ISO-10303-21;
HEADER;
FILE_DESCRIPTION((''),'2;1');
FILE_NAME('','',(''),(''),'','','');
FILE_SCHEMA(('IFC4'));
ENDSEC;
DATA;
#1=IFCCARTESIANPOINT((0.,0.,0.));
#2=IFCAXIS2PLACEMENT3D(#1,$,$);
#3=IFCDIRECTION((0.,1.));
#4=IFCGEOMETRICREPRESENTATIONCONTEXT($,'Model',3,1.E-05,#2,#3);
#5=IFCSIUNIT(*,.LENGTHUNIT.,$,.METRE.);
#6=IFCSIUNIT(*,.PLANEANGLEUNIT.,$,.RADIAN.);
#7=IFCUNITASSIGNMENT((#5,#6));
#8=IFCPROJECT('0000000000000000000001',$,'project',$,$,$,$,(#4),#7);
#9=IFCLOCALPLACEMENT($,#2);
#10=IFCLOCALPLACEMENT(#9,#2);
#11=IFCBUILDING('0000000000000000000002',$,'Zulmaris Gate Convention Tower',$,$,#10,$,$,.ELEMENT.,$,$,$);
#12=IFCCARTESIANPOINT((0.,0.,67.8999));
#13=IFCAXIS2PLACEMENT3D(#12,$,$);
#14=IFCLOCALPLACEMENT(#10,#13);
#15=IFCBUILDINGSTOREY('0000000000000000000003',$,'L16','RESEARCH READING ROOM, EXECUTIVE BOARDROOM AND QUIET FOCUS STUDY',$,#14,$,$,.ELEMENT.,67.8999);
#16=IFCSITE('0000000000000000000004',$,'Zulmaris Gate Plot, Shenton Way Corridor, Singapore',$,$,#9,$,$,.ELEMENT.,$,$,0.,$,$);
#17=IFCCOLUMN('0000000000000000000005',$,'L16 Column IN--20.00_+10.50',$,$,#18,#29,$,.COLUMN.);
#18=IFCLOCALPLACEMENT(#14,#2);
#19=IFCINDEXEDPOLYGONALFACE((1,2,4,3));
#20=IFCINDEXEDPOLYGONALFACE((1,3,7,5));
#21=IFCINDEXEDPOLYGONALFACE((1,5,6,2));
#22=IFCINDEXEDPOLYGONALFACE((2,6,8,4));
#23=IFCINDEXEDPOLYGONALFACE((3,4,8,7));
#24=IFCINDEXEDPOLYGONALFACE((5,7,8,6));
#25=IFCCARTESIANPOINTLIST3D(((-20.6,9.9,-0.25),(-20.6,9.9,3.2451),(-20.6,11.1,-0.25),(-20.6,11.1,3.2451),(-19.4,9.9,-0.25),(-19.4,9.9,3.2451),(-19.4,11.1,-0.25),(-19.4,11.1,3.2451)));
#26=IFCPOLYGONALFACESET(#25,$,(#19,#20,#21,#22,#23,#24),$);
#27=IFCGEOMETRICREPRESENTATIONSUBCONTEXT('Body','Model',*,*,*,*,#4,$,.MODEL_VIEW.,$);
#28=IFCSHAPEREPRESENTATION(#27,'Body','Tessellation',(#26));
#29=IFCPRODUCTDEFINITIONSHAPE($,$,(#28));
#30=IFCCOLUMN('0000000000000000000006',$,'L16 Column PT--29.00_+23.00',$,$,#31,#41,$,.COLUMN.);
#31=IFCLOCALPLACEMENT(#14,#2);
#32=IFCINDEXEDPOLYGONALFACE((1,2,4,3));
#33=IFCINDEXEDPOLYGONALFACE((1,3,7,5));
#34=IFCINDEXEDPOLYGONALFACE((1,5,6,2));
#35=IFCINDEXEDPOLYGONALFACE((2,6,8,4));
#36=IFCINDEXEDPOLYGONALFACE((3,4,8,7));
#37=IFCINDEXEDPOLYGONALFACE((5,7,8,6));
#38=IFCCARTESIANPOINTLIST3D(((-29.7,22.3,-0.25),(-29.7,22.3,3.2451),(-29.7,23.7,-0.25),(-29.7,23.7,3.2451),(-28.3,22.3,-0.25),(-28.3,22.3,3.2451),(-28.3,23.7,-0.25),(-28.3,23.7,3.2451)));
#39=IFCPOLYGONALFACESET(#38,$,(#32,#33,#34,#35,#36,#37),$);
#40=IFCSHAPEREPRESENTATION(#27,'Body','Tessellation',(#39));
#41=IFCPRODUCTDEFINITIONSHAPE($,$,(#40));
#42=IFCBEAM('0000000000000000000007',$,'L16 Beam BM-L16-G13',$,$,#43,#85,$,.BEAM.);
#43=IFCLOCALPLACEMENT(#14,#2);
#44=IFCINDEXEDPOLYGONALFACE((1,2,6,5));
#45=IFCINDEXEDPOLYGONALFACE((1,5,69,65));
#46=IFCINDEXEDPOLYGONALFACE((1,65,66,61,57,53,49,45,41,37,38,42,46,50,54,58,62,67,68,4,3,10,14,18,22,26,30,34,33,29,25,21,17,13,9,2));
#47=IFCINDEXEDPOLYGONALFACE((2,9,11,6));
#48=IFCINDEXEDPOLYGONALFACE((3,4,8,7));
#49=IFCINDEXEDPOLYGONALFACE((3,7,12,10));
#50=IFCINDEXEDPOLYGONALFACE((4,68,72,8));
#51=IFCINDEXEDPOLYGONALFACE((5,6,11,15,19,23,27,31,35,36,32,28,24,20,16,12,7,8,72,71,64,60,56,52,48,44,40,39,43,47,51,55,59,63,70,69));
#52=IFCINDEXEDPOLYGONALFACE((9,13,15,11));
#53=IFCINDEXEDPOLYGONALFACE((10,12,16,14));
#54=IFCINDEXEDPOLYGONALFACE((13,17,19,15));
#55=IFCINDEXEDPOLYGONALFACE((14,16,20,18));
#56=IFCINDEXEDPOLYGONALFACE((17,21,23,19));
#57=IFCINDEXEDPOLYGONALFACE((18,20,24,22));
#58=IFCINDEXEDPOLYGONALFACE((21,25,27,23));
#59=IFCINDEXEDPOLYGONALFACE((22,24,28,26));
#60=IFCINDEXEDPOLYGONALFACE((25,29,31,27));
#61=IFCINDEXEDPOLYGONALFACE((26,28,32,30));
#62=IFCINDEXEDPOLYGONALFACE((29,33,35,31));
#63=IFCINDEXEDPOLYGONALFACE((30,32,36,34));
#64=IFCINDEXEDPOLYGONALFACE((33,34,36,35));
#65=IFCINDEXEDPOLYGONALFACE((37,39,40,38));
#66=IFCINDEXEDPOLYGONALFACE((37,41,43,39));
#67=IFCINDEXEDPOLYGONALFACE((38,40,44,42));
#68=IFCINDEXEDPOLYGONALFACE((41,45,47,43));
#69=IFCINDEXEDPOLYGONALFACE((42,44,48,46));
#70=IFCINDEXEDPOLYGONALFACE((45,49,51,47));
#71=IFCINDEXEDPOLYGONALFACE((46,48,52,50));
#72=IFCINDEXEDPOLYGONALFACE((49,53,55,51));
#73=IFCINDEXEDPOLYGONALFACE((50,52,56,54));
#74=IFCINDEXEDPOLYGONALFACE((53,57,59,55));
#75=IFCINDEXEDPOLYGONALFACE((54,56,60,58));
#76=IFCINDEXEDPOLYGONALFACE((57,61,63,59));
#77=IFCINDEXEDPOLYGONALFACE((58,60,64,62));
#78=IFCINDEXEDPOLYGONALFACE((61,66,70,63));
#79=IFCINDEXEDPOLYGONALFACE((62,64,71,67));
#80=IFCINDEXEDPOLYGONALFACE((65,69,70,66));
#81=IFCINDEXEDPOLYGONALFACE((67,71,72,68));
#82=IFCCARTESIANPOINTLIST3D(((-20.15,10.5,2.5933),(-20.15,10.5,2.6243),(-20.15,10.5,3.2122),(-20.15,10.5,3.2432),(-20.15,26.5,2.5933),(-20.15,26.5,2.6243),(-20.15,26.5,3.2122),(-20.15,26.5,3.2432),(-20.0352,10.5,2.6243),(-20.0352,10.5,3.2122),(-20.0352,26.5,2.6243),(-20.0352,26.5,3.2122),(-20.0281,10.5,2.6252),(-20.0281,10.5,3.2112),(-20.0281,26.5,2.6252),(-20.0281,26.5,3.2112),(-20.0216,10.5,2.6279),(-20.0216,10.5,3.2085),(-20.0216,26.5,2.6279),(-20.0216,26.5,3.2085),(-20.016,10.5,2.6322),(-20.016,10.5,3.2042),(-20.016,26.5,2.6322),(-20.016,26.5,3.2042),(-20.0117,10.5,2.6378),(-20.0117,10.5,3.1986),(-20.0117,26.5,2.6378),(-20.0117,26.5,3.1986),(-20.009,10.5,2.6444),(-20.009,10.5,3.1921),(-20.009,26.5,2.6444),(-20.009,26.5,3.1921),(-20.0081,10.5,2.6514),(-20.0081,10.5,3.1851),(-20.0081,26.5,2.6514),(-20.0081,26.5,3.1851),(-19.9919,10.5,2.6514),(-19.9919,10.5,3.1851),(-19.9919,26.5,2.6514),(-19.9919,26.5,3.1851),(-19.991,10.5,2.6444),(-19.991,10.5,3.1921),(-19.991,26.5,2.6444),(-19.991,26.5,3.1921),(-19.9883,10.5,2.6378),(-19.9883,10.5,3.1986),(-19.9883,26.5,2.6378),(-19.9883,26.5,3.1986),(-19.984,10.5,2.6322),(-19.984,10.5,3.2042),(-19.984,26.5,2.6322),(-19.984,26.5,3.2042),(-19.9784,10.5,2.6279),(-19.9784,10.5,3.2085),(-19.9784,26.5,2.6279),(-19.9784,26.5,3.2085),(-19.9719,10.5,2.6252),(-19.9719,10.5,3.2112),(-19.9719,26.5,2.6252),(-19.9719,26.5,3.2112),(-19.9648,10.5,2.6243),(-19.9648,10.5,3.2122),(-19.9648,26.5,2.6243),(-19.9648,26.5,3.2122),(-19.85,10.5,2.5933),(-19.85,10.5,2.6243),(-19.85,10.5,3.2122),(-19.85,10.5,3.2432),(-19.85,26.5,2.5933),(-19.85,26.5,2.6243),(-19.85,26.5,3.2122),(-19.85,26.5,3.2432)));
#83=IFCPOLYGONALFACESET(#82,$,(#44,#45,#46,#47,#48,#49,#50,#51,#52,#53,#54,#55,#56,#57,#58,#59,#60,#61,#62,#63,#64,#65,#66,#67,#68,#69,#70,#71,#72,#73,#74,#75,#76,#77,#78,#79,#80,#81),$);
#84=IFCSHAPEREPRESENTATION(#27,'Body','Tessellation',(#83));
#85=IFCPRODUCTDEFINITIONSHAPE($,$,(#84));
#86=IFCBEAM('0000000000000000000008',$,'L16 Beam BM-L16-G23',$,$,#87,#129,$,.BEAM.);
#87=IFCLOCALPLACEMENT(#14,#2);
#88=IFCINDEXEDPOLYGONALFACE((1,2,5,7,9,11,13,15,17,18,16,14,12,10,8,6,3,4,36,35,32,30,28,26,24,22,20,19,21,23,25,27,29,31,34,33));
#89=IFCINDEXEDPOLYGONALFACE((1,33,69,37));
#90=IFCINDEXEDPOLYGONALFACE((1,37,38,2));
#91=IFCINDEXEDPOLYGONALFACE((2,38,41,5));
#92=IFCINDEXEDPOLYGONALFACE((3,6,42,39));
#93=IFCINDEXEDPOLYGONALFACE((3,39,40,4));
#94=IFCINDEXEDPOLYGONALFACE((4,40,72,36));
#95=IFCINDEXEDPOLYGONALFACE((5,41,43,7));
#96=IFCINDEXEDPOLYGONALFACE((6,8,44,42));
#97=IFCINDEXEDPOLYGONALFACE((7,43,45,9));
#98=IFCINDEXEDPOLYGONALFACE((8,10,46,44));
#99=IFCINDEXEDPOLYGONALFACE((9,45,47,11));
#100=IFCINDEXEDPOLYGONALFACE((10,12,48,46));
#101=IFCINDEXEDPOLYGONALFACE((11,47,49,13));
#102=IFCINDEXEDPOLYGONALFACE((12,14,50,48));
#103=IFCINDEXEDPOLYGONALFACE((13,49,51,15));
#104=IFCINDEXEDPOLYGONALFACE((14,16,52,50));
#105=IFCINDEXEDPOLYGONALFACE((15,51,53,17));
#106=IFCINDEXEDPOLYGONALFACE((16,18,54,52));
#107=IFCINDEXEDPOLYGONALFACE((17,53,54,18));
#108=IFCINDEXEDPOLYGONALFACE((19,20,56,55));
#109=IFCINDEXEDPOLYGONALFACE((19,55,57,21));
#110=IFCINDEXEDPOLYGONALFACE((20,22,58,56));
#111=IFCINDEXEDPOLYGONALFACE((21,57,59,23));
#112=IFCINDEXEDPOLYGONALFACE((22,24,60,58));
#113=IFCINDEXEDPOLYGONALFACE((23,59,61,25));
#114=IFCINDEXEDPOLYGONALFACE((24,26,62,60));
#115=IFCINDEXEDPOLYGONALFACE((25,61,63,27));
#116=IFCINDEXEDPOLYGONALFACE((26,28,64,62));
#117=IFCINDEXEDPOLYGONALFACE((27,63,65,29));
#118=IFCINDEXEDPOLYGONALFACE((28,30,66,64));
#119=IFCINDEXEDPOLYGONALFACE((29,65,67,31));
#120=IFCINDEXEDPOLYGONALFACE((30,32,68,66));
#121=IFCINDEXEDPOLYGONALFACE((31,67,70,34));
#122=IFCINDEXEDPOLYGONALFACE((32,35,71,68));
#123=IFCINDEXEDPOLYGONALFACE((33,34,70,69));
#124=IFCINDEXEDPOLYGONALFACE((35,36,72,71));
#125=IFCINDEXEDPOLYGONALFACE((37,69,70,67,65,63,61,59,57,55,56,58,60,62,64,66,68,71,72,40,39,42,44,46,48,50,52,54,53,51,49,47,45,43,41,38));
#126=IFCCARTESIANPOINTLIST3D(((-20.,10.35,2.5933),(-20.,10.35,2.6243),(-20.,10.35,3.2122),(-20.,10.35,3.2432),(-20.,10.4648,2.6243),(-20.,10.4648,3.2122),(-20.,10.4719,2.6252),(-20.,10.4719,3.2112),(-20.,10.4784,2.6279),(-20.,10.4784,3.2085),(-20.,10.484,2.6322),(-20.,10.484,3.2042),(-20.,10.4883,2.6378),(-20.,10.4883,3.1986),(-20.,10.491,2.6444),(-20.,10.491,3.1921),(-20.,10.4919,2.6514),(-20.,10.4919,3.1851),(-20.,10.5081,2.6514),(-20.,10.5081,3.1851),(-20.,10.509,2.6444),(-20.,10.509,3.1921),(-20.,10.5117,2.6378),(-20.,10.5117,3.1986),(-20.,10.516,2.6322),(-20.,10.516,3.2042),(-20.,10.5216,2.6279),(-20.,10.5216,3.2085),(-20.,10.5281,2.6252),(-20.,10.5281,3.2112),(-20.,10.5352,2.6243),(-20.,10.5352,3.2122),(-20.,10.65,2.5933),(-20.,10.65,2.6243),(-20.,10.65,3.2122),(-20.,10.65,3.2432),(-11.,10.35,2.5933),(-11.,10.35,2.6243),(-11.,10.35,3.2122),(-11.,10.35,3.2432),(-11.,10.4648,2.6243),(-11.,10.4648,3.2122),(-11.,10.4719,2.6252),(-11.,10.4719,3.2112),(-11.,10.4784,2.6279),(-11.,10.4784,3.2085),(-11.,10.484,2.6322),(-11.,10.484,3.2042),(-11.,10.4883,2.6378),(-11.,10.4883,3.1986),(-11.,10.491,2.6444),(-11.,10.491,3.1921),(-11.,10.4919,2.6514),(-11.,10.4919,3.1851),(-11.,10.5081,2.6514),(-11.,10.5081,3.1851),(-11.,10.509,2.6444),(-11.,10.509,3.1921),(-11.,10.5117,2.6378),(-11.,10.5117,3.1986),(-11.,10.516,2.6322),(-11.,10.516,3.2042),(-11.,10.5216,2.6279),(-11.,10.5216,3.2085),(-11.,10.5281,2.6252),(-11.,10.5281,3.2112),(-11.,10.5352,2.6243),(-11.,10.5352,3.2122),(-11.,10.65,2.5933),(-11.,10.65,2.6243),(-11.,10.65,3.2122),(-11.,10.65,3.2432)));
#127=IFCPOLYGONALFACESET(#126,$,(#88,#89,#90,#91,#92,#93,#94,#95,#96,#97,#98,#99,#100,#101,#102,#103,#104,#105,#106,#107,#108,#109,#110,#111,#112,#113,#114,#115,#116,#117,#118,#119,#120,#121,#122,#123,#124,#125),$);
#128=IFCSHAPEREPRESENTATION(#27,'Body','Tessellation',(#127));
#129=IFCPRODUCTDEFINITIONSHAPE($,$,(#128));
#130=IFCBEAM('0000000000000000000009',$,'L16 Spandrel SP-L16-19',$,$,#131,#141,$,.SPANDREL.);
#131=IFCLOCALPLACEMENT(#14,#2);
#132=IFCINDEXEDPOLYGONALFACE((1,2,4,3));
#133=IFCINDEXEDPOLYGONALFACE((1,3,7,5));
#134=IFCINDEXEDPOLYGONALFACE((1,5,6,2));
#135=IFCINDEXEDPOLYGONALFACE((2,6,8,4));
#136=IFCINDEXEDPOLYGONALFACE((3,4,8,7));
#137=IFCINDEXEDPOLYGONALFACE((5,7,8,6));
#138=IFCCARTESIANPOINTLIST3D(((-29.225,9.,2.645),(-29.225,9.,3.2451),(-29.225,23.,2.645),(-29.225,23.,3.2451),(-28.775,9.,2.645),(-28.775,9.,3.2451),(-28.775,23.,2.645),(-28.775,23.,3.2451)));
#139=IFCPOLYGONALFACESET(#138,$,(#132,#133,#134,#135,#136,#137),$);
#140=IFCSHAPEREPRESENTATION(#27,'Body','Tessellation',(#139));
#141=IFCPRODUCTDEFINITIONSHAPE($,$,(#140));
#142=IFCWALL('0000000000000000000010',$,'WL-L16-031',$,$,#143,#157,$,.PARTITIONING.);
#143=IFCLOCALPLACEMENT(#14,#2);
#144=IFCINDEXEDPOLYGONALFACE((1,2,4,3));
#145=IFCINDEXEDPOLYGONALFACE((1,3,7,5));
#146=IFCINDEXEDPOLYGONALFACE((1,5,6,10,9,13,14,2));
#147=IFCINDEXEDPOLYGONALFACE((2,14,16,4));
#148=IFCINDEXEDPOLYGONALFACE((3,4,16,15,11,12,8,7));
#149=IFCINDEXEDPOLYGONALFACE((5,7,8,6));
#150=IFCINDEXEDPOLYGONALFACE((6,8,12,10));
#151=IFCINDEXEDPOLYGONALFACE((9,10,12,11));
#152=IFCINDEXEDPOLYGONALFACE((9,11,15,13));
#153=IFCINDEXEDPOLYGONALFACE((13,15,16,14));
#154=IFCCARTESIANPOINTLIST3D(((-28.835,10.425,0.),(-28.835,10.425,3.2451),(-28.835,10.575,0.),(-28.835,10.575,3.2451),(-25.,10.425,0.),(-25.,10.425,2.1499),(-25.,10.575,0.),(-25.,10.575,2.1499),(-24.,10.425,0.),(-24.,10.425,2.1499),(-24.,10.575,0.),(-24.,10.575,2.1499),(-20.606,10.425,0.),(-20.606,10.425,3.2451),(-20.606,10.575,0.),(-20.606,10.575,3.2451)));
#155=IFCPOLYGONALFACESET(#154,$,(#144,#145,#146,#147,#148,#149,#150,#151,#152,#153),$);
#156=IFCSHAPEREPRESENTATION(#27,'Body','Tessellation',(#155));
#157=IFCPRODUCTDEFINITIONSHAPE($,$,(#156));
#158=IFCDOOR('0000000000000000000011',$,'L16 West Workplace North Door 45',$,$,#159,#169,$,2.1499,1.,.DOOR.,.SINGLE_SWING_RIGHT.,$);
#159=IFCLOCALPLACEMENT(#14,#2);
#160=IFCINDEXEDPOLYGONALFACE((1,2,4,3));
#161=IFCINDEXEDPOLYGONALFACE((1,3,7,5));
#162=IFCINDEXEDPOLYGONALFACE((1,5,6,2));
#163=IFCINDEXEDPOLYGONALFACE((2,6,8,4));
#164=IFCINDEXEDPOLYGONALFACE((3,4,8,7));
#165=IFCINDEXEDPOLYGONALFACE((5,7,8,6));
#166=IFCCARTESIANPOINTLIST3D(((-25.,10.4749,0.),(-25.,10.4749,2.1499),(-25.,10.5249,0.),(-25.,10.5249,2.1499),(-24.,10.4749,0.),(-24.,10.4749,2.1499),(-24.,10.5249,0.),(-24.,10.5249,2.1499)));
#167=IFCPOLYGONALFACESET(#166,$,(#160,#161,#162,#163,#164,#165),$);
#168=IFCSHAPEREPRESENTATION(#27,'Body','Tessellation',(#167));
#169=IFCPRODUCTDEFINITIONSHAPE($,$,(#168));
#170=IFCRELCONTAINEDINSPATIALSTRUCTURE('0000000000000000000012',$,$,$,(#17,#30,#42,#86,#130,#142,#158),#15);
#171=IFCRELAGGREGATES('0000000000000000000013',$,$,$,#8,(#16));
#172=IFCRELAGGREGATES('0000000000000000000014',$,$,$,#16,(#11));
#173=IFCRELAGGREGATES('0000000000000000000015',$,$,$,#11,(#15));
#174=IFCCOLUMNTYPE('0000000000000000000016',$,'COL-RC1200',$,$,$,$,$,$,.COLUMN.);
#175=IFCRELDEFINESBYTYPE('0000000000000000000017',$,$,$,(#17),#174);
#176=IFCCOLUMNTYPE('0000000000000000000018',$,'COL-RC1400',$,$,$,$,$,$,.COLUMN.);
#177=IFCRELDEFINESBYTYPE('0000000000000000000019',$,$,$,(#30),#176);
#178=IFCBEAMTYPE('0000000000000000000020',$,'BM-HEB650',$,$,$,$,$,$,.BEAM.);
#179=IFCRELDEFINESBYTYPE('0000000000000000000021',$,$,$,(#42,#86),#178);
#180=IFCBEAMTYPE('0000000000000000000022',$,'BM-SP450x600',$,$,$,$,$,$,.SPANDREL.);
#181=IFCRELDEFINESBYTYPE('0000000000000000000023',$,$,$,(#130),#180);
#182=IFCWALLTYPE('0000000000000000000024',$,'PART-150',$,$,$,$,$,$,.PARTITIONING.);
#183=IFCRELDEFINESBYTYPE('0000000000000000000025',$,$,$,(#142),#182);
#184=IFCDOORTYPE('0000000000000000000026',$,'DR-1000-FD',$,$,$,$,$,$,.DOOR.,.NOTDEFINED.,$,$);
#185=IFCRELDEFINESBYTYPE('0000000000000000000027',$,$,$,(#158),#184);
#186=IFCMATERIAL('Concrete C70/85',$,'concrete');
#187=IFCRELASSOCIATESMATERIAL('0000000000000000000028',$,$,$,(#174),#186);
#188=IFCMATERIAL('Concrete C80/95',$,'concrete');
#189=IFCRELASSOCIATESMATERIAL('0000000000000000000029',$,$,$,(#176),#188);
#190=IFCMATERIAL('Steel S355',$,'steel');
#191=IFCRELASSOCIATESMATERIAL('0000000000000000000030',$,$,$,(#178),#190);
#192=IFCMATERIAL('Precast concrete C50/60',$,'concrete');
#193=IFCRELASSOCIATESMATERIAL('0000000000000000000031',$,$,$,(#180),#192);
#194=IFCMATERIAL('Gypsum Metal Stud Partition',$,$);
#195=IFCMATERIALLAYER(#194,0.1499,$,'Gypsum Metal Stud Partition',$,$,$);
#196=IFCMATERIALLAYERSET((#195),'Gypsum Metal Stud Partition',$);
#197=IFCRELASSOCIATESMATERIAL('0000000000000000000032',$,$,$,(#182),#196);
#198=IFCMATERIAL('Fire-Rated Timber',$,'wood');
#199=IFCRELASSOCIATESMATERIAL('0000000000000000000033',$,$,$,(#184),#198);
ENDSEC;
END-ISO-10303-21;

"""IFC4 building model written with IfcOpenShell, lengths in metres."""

from ifc_helpers import new_model, si_unit, direction, frame, frame_2d, origin, origin_2d, place, context, subcontext, project, spatial, rectangle, i_section, extrude, material, layer, layer_set, material_profile, profile_set, type_object, element, fill, save


model = new_model("IFC4")

# Units and contexts
model_context = context("Model", 3, precision=1e-05, world=origin(), true_north=direction((0.0, 1.0)))
body_context = subcontext(model_context, "Body", "Model", "MODEL_VIEW")
ifc_project = project(units=[si_unit("LENGTHUNIT", "METRE"), si_unit("PLANEANGLEUNIT", "RADIAN")], contexts=[model_context])

# Site, building, storey
site_placement = place(None, origin())
site = spatial("IfcSite", under=ifc_project, at=site_placement, Name="Zulmaris Gate Plot, Shenton Way Corridor, Singapore", CompositionType="ELEMENT", RefElevation=0.0)
building_placement = place(site_placement, origin())
building = spatial("IfcBuilding", under=site, at=building_placement, Name="Zulmaris Gate Convention Tower", CompositionType="ELEMENT")
storey_placement = place(building_placement, frame((0.0, 0.0, 67.8999)))
storey = spatial("IfcBuildingStorey", under=building, at=storey_placement, Name="L16", Description="RESEARCH READING ROOM, EXECUTIVE BOARDROOM AND QUIET FOCUS STUDY", CompositionType="ELEMENT", Elevation=67.8999)

# Columns
ifc_material_1 = material(Name="Concrete C70/85", Category="concrete")
ifc_material_profile_1 = material_profile(ifc_material_1, rectangle(XDim=1.2, YDim=1.2, at=origin_2d()), Name="RC COL 1200x1200")
ifc_profile_set_1 = profile_set([ifc_material_profile_1], Name="Concrete C70/85")
column_type_1 = type_object("IfcColumnType", Name="COL-RC1200", PredefinedType="COLUMN", material=ifc_profile_set_1)
column_1_placement = place(storey_placement, frame((-20.0, 10.5, -0.25), z_axis=(0.0, 0.0, 1.0), x_axis=(1.0, 0.0, 0.0)))
element("IfcColumn", 1, at=column_1_placement, inside=storey, type_object=column_type_1, Name="L16 Column IN--20.00_+10.50", PredefinedType="COLUMN", context=body_context, shape_type="SweptSolid", body=[
    extrude(rectangle(XDim=1.2, YDim=1.2, at=origin_2d()), origin(), (0.0, 0.0, 1.0), 3.4951),
])
ifc_material_2 = material(Name="Concrete C80/95", Category="concrete")
ifc_material_profile_2 = material_profile(ifc_material_2, rectangle(XDim=1.3999, YDim=1.3999, at=origin_2d()), Name="RC COL 1400x1400")
ifc_profile_set_2 = profile_set([ifc_material_profile_2], Name="Concrete C80/95")
column_type_2 = type_object("IfcColumnType", Name="COL-RC1400", PredefinedType="COLUMN", material=ifc_profile_set_2)
column_2_placement = place(storey_placement, frame((-29.0, 23.0, -0.25), z_axis=(0.0, 0.0, 1.0), x_axis=(1.0, 0.0, 0.0)))
element("IfcColumn", 2, at=column_2_placement, inside=storey, type_object=column_type_2, Name="L16 Column PT--29.00_+23.00", PredefinedType="COLUMN", context=body_context, shape_type="SweptSolid", body=[
    extrude(rectangle(XDim=1.3999, YDim=1.3999, at=origin_2d()), origin(), (0.0, 0.0, 1.0), 3.4951),
])

# Beams
ifc_material_3 = material(Name="Steel S355", Category="steel")
ifc_material_profile_3 = material_profile(ifc_material_3, i_section(OverallWidth=0.3, OverallDepth=0.6499, WebThickness=0.0161, FlangeThickness=0.031, FilletRadius=0.0271, at=origin_2d()), Name="HEB 650")
ifc_profile_set_3 = profile_set([ifc_material_profile_3], Name="Steel S355")
beam_type_1 = type_object("IfcBeamType", Name="BM-HEB650", PredefinedType="BEAM", material=ifc_profile_set_3)
beam_1_placement = place(storey_placement, frame((-20.0, 10.5, 2.9182), z_axis=(0.0, 1.0, 0.0), x_axis=(-1.0, 0.0, 0.0)))
element("IfcBeam", 3, at=beam_1_placement, inside=storey, type_object=beam_type_1, Name="L16 Beam BM-L16-G13", PredefinedType="BEAM", context=body_context, shape_type="SweptSolid", body=[
    extrude(i_section(OverallWidth=0.3, OverallDepth=0.6499, WebThickness=0.0161, FlangeThickness=0.031, FilletRadius=0.0271, at=origin_2d()), origin(), (0.0, 0.0, 1.0), 16.0),
])
beam_2_placement = place(storey_placement, frame((-20.0, 10.5, 2.9182), z_axis=(1.0, 0.0, 0.0), x_axis=(0.0, 1.0, 0.0)))
element("IfcBeam", 4, at=beam_2_placement, inside=storey, type_object=beam_type_1, Name="L16 Beam BM-L16-G23", PredefinedType="BEAM", context=body_context, shape_type="SweptSolid", body=[
    extrude(i_section(OverallWidth=0.3, OverallDepth=0.6499, WebThickness=0.0161, FlangeThickness=0.031, FilletRadius=0.0271, at=origin_2d()), origin(), (0.0, 0.0, 1.0), 9.0),
])
ifc_material_4 = material(Name="Precast concrete C50/60", Category="concrete")
ifc_material_profile_4 = material_profile(ifc_material_4, rectangle(XDim=0.45, YDim=0.6001, at=origin_2d()), Name="RC SPANDREL 450x600")
ifc_profile_set_4 = profile_set([ifc_material_profile_4], Name="Precast concrete C50/60")
beam_type_2 = type_object("IfcBeamType", Name="BM-SP450x600", PredefinedType="SPANDREL", material=ifc_profile_set_4)
beam_3_placement = place(storey_placement, frame((-29.0, 23.0, 2.9451), z_axis=(0.0, -1.0, 0.0), x_axis=(1.0, 0.0, 0.0)))
element("IfcBeam", 5, at=beam_3_placement, inside=storey, type_object=beam_type_2, Name="L16 Spandrel SP-L16-19", PredefinedType="SPANDREL", context=body_context, shape_type="SweptSolid", body=[
    extrude(rectangle(XDim=0.45, YDim=0.6001, at=origin_2d()), origin(), (0.0, 0.0, 1.0), 14.0),
])

# Wall, opening, door
ifc_material_5 = material(Name="Gypsum Metal Stud Partition")
ifc_layer_1 = layer(ifc_material_5, 0.1499, Name="Gypsum Metal Stud Partition")
ifc_layer_set_1 = layer_set([ifc_layer_1], Name="Gypsum Metal Stud Partition")
wall_type_1 = type_object("IfcWallType", Name="PART-150", PredefinedType="PARTITIONING", material=ifc_layer_set_1)
wall_1_placement = place(storey_placement, frame((-28.835, 10.5, 0.0), z_axis=(0.0, 0.0, 1.0), x_axis=(1.0, 0.0, 0.0)))
wall_1 = element("IfcWall", 6, at=wall_1_placement, inside=storey, type_object=wall_type_1, Name="WL-L16-031", PredefinedType="PARTITIONING", context=body_context, shape_type="SweptSolid", body=[
    extrude(rectangle(XDim=8.229, YDim=0.1499, at=frame_2d((4.1145, 0.0))), origin(), (0.0, 0.0, 1.0), 3.2451),
])
opening_1_placement = place(wall_1_placement, frame((3.835, 0.0, 0.0)))
opening_1 = element("IfcOpeningElement", 7, at=opening_1_placement, cuts=wall_1, PredefinedType="OPENING", context=body_context, shape_type="SweptSolid", body=[
    extrude(rectangle(XDim=1.0, YDim=2.1499, at=frame_2d((0.5, 1.075))), frame((0.0, 0.085, 0.0), z_axis=(0.0, -1.0, 0.0), x_axis=(1.0, 0.0, 0.0)), (0.0, 0.0, 1.0), 0.1699),
])
ifc_material_6 = material(Name="Fire-Rated Timber", Category="wood")
door_type_1 = type_object("IfcDoorType", Name="DR-1000-FD", OperationType="NOTDEFINED", PredefinedType="DOOR", material=ifc_material_6)
door_1_placement = place(opening_1_placement, origin())
door_1 = element("IfcDoor", 8, at=door_1_placement, inside=storey, type_object=door_type_1, Name="L16 West Workplace North Door 45", OperationType="SINGLE_SWING_RIGHT", OverallHeight=2.1499, OverallWidth=1.0, PredefinedType="DOOR", context=body_context, shape_type="SweptSolid", body=[
    extrude(rectangle(XDim=1.0, YDim=2.1499, at=frame_2d((0.5, 1.075))), frame((0.0, 0.0249, 0.0), z_axis=(0.0, -1.0, 0.0), x_axis=(1.0, 0.0, 0.0)), (0.0, 0.0, 1.0), 0.05),
])
fill(opening_1, door_1)

save(model, "model.ifc")
